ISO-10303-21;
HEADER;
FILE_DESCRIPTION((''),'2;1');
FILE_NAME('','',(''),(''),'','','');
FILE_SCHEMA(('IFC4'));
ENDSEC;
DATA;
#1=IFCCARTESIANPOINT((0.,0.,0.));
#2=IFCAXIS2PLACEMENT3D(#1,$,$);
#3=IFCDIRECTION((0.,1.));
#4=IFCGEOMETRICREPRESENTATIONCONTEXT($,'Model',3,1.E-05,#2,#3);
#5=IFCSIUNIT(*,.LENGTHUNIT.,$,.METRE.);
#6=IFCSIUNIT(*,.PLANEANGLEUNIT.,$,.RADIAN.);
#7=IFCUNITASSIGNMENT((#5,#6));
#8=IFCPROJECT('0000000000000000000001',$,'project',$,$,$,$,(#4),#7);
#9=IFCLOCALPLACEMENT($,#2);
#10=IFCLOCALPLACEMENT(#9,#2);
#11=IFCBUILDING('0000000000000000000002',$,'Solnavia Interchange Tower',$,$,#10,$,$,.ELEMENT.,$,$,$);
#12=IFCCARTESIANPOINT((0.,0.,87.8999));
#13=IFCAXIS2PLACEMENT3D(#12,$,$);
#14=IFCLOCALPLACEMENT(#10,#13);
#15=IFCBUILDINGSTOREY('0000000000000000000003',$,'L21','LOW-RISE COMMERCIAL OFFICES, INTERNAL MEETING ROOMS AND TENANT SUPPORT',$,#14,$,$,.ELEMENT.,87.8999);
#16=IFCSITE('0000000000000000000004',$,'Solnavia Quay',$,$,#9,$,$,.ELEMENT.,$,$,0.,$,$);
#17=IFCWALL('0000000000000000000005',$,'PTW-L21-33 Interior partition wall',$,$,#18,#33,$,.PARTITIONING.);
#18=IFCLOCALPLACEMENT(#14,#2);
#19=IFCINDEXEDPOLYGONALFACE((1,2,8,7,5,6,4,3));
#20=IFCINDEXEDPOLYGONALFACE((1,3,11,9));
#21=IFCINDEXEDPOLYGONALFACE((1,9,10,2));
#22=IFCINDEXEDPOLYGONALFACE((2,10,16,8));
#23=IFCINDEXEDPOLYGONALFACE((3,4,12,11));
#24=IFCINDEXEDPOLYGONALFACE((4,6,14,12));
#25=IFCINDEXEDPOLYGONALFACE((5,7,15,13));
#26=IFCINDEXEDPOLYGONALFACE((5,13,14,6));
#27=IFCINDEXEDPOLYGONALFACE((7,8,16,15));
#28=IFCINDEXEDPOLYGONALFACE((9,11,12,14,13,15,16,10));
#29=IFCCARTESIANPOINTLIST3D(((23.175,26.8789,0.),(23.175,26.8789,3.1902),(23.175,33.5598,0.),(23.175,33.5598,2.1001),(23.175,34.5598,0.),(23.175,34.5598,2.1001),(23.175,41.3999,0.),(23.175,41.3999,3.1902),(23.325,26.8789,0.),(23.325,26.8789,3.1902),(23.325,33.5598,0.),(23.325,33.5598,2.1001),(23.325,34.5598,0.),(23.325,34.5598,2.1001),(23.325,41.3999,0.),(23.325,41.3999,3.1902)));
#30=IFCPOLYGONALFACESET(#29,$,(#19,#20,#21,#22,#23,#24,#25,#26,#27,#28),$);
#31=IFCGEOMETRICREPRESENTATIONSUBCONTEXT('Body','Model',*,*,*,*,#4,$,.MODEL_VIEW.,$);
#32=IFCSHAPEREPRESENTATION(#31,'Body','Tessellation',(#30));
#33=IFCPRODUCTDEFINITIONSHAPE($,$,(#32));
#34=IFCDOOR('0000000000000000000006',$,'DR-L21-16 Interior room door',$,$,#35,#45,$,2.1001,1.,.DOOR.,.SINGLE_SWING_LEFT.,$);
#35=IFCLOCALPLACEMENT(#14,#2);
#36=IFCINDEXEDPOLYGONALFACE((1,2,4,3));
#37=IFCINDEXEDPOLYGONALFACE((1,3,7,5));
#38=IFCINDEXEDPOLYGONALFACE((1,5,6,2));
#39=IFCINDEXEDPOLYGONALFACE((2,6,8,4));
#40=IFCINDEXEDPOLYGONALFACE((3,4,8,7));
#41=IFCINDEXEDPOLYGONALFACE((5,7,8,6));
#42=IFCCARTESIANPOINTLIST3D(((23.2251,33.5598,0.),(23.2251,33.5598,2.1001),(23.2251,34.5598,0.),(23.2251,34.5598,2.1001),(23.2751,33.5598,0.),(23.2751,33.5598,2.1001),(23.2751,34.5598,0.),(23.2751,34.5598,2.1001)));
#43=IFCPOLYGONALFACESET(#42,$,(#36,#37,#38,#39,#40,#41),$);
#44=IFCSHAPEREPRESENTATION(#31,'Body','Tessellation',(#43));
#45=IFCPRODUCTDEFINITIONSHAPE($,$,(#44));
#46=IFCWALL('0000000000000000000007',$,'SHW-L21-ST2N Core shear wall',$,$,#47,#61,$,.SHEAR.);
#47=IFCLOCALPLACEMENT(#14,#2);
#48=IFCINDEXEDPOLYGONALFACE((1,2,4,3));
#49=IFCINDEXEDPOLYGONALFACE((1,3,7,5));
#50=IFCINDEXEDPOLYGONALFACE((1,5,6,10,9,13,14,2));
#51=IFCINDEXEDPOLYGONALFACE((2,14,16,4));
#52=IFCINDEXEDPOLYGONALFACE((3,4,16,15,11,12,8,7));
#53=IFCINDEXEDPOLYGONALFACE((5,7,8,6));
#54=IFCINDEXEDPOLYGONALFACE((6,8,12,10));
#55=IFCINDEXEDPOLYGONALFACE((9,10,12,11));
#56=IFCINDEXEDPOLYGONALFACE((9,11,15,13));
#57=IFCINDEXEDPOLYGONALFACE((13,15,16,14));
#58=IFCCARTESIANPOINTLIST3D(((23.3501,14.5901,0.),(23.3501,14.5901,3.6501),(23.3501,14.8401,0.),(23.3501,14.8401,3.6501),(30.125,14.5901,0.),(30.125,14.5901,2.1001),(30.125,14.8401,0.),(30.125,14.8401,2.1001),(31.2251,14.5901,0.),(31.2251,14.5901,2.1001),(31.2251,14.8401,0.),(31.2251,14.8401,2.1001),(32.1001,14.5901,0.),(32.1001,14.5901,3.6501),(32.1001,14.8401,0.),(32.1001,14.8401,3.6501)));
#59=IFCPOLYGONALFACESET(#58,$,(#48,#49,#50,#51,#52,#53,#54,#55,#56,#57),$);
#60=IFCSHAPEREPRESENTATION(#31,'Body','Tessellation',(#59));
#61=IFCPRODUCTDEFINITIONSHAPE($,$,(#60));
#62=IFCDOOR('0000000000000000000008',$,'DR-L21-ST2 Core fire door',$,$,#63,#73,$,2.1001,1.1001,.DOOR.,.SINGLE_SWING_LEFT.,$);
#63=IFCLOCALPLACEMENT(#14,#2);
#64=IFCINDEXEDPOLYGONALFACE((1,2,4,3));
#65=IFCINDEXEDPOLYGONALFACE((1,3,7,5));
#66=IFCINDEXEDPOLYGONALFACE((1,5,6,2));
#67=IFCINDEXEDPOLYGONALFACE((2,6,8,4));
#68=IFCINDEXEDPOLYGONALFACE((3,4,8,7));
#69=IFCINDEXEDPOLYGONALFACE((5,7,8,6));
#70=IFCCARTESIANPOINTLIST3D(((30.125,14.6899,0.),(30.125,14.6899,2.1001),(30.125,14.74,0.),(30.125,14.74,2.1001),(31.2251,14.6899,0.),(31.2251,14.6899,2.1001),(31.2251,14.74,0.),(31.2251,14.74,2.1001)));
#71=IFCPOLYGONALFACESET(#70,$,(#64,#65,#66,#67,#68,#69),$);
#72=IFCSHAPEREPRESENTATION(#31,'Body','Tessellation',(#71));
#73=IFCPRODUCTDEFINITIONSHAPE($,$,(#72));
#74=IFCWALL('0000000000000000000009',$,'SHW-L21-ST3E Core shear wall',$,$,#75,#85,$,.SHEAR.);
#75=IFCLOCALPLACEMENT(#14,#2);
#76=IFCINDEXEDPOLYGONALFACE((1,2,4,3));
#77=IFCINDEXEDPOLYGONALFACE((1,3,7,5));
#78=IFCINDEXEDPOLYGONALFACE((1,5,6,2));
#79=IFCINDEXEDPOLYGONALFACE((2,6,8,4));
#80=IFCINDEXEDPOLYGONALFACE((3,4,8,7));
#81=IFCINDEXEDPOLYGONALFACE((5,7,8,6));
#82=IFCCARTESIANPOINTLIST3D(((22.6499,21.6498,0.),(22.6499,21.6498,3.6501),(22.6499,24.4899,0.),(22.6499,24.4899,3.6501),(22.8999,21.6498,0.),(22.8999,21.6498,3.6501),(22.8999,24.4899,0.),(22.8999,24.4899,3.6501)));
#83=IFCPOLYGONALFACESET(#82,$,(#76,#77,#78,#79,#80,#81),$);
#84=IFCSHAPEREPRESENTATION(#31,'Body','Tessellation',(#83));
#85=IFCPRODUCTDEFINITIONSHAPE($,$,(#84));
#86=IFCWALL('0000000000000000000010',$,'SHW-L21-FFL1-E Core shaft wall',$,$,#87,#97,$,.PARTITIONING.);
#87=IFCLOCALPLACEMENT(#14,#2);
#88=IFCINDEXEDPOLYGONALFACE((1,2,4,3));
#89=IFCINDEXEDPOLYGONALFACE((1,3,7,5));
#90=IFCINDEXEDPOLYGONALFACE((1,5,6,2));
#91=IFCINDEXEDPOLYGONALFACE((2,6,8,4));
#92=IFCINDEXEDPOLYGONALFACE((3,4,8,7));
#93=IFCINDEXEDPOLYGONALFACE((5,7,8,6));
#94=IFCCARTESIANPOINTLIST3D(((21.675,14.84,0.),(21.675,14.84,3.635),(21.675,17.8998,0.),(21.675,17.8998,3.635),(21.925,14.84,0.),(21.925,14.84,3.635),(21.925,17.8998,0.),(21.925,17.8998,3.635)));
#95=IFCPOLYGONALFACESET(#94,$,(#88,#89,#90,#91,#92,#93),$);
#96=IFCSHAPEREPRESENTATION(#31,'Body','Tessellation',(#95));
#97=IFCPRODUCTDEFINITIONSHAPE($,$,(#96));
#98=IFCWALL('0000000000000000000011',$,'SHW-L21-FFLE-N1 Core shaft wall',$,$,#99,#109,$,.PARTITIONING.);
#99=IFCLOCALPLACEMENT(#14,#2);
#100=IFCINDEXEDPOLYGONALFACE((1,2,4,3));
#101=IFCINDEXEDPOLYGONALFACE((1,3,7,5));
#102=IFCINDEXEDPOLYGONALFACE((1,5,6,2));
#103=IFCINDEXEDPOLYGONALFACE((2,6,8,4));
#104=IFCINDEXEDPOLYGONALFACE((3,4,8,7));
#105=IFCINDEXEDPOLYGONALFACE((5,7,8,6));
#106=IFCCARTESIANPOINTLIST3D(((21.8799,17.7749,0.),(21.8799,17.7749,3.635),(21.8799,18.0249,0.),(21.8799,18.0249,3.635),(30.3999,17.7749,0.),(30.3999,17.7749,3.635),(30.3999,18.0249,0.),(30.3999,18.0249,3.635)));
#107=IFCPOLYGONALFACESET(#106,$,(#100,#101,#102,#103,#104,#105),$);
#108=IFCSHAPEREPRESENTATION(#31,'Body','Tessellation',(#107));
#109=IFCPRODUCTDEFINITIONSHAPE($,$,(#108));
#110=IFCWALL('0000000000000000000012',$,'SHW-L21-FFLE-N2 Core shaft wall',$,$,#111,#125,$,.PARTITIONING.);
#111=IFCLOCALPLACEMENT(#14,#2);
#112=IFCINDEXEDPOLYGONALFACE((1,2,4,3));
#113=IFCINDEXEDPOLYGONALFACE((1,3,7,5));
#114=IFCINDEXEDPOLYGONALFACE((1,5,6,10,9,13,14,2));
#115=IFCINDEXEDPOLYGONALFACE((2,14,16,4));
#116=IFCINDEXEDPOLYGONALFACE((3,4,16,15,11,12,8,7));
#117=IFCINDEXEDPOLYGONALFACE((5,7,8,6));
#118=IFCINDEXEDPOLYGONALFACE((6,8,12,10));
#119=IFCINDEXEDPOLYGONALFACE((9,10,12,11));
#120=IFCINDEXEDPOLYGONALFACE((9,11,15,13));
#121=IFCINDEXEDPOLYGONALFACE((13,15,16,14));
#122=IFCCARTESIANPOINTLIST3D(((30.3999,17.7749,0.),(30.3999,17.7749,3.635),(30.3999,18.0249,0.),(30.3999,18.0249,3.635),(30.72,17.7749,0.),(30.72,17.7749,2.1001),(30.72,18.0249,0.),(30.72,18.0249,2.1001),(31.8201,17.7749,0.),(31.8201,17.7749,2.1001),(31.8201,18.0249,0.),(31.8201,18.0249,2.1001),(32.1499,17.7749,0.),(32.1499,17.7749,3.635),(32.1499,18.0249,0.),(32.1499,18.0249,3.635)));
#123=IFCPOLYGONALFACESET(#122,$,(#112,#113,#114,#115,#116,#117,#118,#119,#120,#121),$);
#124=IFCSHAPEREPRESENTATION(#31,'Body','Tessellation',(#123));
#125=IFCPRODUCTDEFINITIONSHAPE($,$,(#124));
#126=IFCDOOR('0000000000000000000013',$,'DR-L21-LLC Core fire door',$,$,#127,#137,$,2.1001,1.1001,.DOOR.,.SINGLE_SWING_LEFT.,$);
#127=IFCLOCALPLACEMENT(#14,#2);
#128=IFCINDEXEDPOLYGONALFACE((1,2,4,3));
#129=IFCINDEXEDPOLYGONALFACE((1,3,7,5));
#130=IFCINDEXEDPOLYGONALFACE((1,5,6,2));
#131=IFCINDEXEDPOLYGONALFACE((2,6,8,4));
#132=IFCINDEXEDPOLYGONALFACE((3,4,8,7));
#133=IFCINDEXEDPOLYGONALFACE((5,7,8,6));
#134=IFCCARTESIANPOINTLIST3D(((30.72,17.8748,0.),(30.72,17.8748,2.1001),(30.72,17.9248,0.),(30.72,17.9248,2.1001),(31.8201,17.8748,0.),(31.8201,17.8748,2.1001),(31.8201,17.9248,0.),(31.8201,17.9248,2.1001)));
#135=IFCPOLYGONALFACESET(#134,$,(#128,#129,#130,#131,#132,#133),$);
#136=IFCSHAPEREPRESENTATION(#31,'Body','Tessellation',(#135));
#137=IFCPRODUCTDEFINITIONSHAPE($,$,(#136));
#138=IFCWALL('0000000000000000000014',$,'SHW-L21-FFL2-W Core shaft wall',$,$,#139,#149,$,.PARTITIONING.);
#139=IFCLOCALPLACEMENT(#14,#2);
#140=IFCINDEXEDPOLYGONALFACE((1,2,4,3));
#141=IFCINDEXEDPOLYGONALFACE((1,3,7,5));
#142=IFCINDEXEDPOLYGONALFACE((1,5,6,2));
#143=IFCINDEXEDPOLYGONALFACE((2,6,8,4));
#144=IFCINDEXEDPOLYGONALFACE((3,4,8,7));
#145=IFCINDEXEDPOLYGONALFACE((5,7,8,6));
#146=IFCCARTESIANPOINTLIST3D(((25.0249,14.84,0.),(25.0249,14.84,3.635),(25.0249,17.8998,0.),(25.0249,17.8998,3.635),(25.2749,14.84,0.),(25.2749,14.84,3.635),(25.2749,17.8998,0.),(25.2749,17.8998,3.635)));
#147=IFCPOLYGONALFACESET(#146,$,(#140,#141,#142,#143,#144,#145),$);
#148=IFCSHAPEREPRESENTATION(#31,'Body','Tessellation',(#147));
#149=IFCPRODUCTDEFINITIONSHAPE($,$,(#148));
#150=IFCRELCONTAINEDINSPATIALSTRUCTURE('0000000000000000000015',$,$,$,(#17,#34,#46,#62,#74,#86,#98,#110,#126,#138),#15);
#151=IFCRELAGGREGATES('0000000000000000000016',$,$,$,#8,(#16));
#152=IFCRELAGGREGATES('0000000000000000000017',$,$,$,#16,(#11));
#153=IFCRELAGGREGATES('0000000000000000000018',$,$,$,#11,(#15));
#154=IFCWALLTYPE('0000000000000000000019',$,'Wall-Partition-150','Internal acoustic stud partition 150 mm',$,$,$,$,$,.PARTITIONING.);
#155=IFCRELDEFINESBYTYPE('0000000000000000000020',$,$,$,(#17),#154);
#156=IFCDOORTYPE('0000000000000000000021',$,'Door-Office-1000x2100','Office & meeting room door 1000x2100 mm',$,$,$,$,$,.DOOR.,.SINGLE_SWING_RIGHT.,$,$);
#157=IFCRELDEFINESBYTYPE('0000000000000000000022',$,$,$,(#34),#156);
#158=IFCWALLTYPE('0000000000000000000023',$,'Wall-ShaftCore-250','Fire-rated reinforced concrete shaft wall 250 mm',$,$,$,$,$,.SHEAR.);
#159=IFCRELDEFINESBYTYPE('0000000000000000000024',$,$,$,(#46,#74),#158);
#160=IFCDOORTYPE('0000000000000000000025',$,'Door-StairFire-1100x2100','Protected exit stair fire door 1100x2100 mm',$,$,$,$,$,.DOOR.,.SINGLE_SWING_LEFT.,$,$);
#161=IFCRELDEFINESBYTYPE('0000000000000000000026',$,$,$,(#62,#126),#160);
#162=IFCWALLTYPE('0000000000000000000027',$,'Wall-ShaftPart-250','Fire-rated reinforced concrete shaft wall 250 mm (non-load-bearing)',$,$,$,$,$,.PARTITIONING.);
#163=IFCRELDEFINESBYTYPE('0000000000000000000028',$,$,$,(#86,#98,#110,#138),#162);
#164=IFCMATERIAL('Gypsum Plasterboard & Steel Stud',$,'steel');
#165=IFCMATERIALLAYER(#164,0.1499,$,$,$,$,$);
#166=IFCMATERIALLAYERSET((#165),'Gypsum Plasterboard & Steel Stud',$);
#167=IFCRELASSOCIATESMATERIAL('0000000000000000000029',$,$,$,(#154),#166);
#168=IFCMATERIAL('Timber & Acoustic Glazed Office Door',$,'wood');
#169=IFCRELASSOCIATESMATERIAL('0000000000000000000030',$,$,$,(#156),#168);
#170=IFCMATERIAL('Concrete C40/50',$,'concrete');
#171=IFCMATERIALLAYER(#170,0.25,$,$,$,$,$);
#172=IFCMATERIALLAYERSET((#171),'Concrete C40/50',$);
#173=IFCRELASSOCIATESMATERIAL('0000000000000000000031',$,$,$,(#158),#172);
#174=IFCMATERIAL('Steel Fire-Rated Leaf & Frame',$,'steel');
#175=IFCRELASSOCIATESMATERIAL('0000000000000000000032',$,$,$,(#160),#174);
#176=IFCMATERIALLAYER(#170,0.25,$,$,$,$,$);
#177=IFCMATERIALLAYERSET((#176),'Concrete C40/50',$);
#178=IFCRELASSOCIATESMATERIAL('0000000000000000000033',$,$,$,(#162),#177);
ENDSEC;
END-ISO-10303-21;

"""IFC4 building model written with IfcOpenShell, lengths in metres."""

from ifc_helpers import new_model, si_unit, direction, frame, frame_2d, origin, place, context, subcontext, project, spatial, rectangle, extrude, material, layer, layer_set, type_object, element, fill, save


model = new_model("IFC4")

# Units and contexts
model_context = context("Model", 3, precision=1e-05, world=origin(), true_north=direction((0.0, 1.0)))
body_context = subcontext(model_context, "Body", "Model", "MODEL_VIEW")
ifc_project = project(units=[si_unit("LENGTHUNIT", "METRE"), si_unit("PLANEANGLEUNIT", "RADIAN")], contexts=[model_context])

# Site, building, storey
site_placement = place(None, origin())
site = spatial("IfcSite", under=ifc_project, at=site_placement, Name="Solnavia Quay", CompositionType="ELEMENT", RefElevation=0.0)
building_placement = place(site_placement, origin())
building = spatial("IfcBuilding", under=site, at=building_placement, Name="Solnavia Interchange Tower", CompositionType="ELEMENT")
storey_placement = place(building_placement, frame((0.0, 0.0, 87.8999)))
storey = spatial("IfcBuildingStorey", under=building, at=storey_placement, Name="L21", Description="LOW-RISE COMMERCIAL OFFICES, INTERNAL MEETING ROOMS AND TENANT SUPPORT", CompositionType="ELEMENT", Elevation=87.8999)

# Shared definitions
ifc_material_1 = material(Name="Concrete C40/50", Category="concrete")

# Shared definitions
ifc_material_2 = material(Name="Gypsum Plasterboard & Steel Stud", Category="steel")
ifc_layer_1 = layer(ifc_material_2, 0.1499)
ifc_layer_set_1 = layer_set([ifc_layer_1], Name="Gypsum Plasterboard & Steel Stud")
wall_type_1 = type_object("IfcWallType", Name="Wall-Partition-150", Description="Internal acoustic stud partition 150 mm", PredefinedType="PARTITIONING", material=ifc_layer_set_1)

# Walls, openings, doors
wall_1_placement = place(storey_placement, frame((23.25, 26.8789, 0.0), z_axis=(0.0, 0.0, 1.0), x_axis=(0.0, 1.0, 0.0)))
wall_1 = element("IfcWall", 1, at=wall_1_placement, inside=storey, type_object=wall_type_1, Name="PTW-L21-33 Interior partition wall", PredefinedType="PARTITIONING", context=body_context, shape_type="SweptSolid", body=[
    extrude(rectangle(XDim=14.521, YDim=0.1499, at=frame_2d((7.2605, 0.0))), origin(), (0.0, 0.0, 1.0), 3.1902),
])
opening_1_placement = place(wall_1_placement, frame((6.6809, 0.0, 0.0)))
opening_1 = element("IfcOpeningElement", 2, at=opening_1_placement, cuts=wall_1, PredefinedType="OPENING", context=body_context, shape_type="SweptSolid", body=[
    extrude(rectangle(XDim=1.0, YDim=2.1001, at=frame_2d((0.5, 1.05))), frame((0.0, 0.085, 0.0), z_axis=(0.0, -1.0, 0.0), x_axis=(1.0, 0.0, 0.0)), (0.0, 0.0, 1.0), 0.1699),
])
ifc_material_3 = material(Name="Timber & Acoustic Glazed Office Door", Category="wood")
door_type_1 = type_object("IfcDoorType", Name="Door-Office-1000x2100", Description="Office & meeting room door 1000x2100 mm", OperationType="SINGLE_SWING_RIGHT", PredefinedType="DOOR", material=ifc_material_3)
door_1_placement = place(opening_1_placement, origin())
door_1 = element("IfcDoor", 3, at=door_1_placement, inside=storey, type_object=door_type_1, Name="DR-L21-16 Interior room door", OperationType="SINGLE_SWING_LEFT", OverallHeight=2.1001, OverallWidth=1.0, PredefinedType="DOOR", context=body_context, shape_type="SweptSolid", body=[
    extrude(rectangle(XDim=1.0, YDim=2.1001, at=frame_2d((0.5, 1.05))), frame((0.0, 0.0249, 0.0), z_axis=(0.0, -1.0, 0.0), x_axis=(1.0, 0.0, 0.0)), (0.0, 0.0, 1.0), 0.05),
])
fill(opening_1, door_1)
ifc_layer_2 = layer(ifc_material_1, 0.25)
ifc_layer_set_2 = layer_set([ifc_layer_2], Name="Concrete C40/50")
wall_type_2 = type_object("IfcWallType", Name="Wall-ShaftCore-250", Description="Fire-rated reinforced concrete shaft wall 250 mm", PredefinedType="SHEAR", material=ifc_layer_set_2)
wall_2_placement = place(storey_placement, frame((23.3501, 14.7151, 0.0), z_axis=(0.0, 0.0, 1.0), x_axis=(1.0, 0.0, 0.0)))
wall_2 = element("IfcWall", 4, at=wall_2_placement, inside=storey, type_object=wall_type_2, Name="SHW-L21-ST2N Core shear wall", PredefinedType="SHEAR", context=body_context, shape_type="SweptSolid", body=[
    extrude(rectangle(XDim=8.75, YDim=0.25, at=frame_2d((4.375, 0.0))), origin(), (0.0, 0.0, 1.0), 3.6501),
])
opening_2_placement = place(wall_2_placement, frame((6.7749, 0.0, 0.0)))
opening_2 = element("IfcOpeningElement", 5, at=opening_2_placement, cuts=wall_2, PredefinedType="OPENING", context=body_context, shape_type="SweptSolid", body=[
    extrude(rectangle(XDim=1.1001, YDim=2.1001, at=frame_2d((0.55, 1.05))), frame((0.0, 0.135, 0.0), z_axis=(0.0, -1.0, 0.0), x_axis=(1.0, 0.0, 0.0)), (0.0, 0.0, 1.0), 0.27),
])
ifc_material_4 = material(Name="Steel Fire-Rated Leaf & Frame", Category="steel")
door_type_2 = type_object("IfcDoorType", Name="Door-StairFire-1100x2100", Description="Protected exit stair fire door 1100x2100 mm", OperationType="SINGLE_SWING_LEFT", PredefinedType="DOOR", material=ifc_material_4)
door_2_placement = place(opening_2_placement, origin())
door_2 = element("IfcDoor", 6, at=door_2_placement, inside=storey, type_object=door_type_2, Name="DR-L21-ST2 Core fire door", OperationType="SINGLE_SWING_LEFT", OverallHeight=2.1001, OverallWidth=1.1001, PredefinedType="DOOR", context=body_context, shape_type="SweptSolid", body=[
    extrude(rectangle(XDim=1.1001, YDim=2.1001, at=frame_2d((0.55, 1.05))), frame((0.0, 0.0249, 0.0), z_axis=(0.0, -1.0, 0.0), x_axis=(1.0, 0.0, 0.0)), (0.0, 0.0, 1.0), 0.05),
])
fill(opening_2, door_2)

# Walls
wall_3_placement = place(storey_placement, frame((22.7749, 21.6499, 0.0), z_axis=(0.0, 0.0, 1.0), x_axis=(0.0, 1.0, 0.0)))
element("IfcWall", 7, at=wall_3_placement, inside=storey, type_object=wall_type_2, Name="SHW-L21-ST3E Core shear wall", PredefinedType="SHEAR", context=body_context, shape_type="SweptSolid", body=[
    extrude(rectangle(XDim=2.8401, YDim=0.25, at=frame_2d((1.4199, 0.0))), origin(), (0.0, 0.0, 1.0), 3.6501),
])
ifc_layer_3 = layer(ifc_material_1, 0.25)
ifc_layer_set_3 = layer_set([ifc_layer_3], Name="Concrete C40/50")
wall_type_3 = type_object("IfcWallType", Name="Wall-ShaftPart-250", Description="Fire-rated reinforced concrete shaft wall 250 mm (non-load-bearing)", PredefinedType="PARTITIONING", material=ifc_layer_set_3)
wall_4_placement = place(storey_placement, frame((21.8, 14.8401, 0.0), z_axis=(0.0, 0.0, 1.0), x_axis=(0.0, 1.0, 0.0)))
element("IfcWall", 8, at=wall_4_placement, inside=storey, type_object=wall_type_3, Name="SHW-L21-FFL1-E Core shaft wall", PredefinedType="PARTITIONING", context=body_context, shape_type="SweptSolid", body=[
    extrude(rectangle(XDim=3.0598, YDim=0.25, at=frame_2d((1.5298, 0.0))), origin(), (0.0, 0.0, 1.0), 3.635),
])
wall_5_placement = place(storey_placement, frame((21.8799, 17.8999, 0.0), z_axis=(0.0, 0.0, 1.0), x_axis=(1.0, 0.0, 0.0)))
element("IfcWall", 9, at=wall_5_placement, inside=storey, type_object=wall_type_3, Name="SHW-L21-FFLE-N1 Core shaft wall", PredefinedType="PARTITIONING", context=body_context, shape_type="SweptSolid", body=[
    extrude(rectangle(XDim=8.52, YDim=0.25, at=frame_2d((4.26, 0.0))), origin(), (0.0, 0.0, 1.0), 3.635),
])

# Wall, opening, door
wall_6_placement = place(storey_placement, frame((30.3999, 17.8999, 0.0), z_axis=(0.0, 0.0, 1.0), x_axis=(1.0, 0.0, 0.0)))
wall_6 = element("IfcWall", 10, at=wall_6_placement, inside=storey, type_object=wall_type_3, Name="SHW-L21-FFLE-N2 Core shaft wall", PredefinedType="PARTITIONING", context=body_context, shape_type="SweptSolid", body=[
    extrude(rectangle(XDim=1.75, YDim=0.25, at=frame_2d((0.875, 0.0))), origin(), (0.0, 0.0, 1.0), 3.635),
])
opening_3_placement = place(wall_6_placement, frame((0.3201, 0.0, 0.0)))
opening_3 = element("IfcOpeningElement", 11, at=opening_3_placement, cuts=wall_6, PredefinedType="OPENING", context=body_context, shape_type="SweptSolid", body=[
    extrude(rectangle(XDim=1.1001, YDim=2.1001, at=frame_2d((0.55, 1.05))), frame((0.0, 0.135, 0.0), z_axis=(0.0, -1.0, 0.0), x_axis=(1.0, 0.0, 0.0)), (0.0, 0.0, 1.0), 0.27),
])
door_3_placement = place(opening_3_placement, origin())
door_3 = element("IfcDoor", 12, at=door_3_placement, inside=storey, type_object=door_type_2, Name="DR-L21-LLC Core fire door", OperationType="SINGLE_SWING_LEFT", OverallHeight=2.1001, OverallWidth=1.1001, PredefinedType="DOOR", context=body_context, shape_type="SweptSolid", body=[
    extrude(rectangle(XDim=1.1001, YDim=2.1001, at=frame_2d((0.55, 1.05))), frame((0.0, 0.0249, 0.0), z_axis=(0.0, -1.0, 0.0), x_axis=(1.0, 0.0, 0.0)), (0.0, 0.0, 1.0), 0.05),
])
fill(opening_3, door_3)

# Wall
wall_7_placement = place(storey_placement, frame((25.1499, 14.8401, 0.0), z_axis=(0.0, 0.0, 1.0), x_axis=(0.0, 1.0, 0.0)))
element("IfcWall", 13, at=wall_7_placement, inside=storey, type_object=wall_type_3, Name="SHW-L21-FFL2-W Core shaft wall", PredefinedType="PARTITIONING", context=body_context, shape_type="SweptSolid", body=[
    extrude(rectangle(XDim=3.0598, YDim=0.25, at=frame_2d((1.5298, 0.0))), origin(), (0.0, 0.0, 1.0), 3.635),
])

save(model, "model.ifc")
